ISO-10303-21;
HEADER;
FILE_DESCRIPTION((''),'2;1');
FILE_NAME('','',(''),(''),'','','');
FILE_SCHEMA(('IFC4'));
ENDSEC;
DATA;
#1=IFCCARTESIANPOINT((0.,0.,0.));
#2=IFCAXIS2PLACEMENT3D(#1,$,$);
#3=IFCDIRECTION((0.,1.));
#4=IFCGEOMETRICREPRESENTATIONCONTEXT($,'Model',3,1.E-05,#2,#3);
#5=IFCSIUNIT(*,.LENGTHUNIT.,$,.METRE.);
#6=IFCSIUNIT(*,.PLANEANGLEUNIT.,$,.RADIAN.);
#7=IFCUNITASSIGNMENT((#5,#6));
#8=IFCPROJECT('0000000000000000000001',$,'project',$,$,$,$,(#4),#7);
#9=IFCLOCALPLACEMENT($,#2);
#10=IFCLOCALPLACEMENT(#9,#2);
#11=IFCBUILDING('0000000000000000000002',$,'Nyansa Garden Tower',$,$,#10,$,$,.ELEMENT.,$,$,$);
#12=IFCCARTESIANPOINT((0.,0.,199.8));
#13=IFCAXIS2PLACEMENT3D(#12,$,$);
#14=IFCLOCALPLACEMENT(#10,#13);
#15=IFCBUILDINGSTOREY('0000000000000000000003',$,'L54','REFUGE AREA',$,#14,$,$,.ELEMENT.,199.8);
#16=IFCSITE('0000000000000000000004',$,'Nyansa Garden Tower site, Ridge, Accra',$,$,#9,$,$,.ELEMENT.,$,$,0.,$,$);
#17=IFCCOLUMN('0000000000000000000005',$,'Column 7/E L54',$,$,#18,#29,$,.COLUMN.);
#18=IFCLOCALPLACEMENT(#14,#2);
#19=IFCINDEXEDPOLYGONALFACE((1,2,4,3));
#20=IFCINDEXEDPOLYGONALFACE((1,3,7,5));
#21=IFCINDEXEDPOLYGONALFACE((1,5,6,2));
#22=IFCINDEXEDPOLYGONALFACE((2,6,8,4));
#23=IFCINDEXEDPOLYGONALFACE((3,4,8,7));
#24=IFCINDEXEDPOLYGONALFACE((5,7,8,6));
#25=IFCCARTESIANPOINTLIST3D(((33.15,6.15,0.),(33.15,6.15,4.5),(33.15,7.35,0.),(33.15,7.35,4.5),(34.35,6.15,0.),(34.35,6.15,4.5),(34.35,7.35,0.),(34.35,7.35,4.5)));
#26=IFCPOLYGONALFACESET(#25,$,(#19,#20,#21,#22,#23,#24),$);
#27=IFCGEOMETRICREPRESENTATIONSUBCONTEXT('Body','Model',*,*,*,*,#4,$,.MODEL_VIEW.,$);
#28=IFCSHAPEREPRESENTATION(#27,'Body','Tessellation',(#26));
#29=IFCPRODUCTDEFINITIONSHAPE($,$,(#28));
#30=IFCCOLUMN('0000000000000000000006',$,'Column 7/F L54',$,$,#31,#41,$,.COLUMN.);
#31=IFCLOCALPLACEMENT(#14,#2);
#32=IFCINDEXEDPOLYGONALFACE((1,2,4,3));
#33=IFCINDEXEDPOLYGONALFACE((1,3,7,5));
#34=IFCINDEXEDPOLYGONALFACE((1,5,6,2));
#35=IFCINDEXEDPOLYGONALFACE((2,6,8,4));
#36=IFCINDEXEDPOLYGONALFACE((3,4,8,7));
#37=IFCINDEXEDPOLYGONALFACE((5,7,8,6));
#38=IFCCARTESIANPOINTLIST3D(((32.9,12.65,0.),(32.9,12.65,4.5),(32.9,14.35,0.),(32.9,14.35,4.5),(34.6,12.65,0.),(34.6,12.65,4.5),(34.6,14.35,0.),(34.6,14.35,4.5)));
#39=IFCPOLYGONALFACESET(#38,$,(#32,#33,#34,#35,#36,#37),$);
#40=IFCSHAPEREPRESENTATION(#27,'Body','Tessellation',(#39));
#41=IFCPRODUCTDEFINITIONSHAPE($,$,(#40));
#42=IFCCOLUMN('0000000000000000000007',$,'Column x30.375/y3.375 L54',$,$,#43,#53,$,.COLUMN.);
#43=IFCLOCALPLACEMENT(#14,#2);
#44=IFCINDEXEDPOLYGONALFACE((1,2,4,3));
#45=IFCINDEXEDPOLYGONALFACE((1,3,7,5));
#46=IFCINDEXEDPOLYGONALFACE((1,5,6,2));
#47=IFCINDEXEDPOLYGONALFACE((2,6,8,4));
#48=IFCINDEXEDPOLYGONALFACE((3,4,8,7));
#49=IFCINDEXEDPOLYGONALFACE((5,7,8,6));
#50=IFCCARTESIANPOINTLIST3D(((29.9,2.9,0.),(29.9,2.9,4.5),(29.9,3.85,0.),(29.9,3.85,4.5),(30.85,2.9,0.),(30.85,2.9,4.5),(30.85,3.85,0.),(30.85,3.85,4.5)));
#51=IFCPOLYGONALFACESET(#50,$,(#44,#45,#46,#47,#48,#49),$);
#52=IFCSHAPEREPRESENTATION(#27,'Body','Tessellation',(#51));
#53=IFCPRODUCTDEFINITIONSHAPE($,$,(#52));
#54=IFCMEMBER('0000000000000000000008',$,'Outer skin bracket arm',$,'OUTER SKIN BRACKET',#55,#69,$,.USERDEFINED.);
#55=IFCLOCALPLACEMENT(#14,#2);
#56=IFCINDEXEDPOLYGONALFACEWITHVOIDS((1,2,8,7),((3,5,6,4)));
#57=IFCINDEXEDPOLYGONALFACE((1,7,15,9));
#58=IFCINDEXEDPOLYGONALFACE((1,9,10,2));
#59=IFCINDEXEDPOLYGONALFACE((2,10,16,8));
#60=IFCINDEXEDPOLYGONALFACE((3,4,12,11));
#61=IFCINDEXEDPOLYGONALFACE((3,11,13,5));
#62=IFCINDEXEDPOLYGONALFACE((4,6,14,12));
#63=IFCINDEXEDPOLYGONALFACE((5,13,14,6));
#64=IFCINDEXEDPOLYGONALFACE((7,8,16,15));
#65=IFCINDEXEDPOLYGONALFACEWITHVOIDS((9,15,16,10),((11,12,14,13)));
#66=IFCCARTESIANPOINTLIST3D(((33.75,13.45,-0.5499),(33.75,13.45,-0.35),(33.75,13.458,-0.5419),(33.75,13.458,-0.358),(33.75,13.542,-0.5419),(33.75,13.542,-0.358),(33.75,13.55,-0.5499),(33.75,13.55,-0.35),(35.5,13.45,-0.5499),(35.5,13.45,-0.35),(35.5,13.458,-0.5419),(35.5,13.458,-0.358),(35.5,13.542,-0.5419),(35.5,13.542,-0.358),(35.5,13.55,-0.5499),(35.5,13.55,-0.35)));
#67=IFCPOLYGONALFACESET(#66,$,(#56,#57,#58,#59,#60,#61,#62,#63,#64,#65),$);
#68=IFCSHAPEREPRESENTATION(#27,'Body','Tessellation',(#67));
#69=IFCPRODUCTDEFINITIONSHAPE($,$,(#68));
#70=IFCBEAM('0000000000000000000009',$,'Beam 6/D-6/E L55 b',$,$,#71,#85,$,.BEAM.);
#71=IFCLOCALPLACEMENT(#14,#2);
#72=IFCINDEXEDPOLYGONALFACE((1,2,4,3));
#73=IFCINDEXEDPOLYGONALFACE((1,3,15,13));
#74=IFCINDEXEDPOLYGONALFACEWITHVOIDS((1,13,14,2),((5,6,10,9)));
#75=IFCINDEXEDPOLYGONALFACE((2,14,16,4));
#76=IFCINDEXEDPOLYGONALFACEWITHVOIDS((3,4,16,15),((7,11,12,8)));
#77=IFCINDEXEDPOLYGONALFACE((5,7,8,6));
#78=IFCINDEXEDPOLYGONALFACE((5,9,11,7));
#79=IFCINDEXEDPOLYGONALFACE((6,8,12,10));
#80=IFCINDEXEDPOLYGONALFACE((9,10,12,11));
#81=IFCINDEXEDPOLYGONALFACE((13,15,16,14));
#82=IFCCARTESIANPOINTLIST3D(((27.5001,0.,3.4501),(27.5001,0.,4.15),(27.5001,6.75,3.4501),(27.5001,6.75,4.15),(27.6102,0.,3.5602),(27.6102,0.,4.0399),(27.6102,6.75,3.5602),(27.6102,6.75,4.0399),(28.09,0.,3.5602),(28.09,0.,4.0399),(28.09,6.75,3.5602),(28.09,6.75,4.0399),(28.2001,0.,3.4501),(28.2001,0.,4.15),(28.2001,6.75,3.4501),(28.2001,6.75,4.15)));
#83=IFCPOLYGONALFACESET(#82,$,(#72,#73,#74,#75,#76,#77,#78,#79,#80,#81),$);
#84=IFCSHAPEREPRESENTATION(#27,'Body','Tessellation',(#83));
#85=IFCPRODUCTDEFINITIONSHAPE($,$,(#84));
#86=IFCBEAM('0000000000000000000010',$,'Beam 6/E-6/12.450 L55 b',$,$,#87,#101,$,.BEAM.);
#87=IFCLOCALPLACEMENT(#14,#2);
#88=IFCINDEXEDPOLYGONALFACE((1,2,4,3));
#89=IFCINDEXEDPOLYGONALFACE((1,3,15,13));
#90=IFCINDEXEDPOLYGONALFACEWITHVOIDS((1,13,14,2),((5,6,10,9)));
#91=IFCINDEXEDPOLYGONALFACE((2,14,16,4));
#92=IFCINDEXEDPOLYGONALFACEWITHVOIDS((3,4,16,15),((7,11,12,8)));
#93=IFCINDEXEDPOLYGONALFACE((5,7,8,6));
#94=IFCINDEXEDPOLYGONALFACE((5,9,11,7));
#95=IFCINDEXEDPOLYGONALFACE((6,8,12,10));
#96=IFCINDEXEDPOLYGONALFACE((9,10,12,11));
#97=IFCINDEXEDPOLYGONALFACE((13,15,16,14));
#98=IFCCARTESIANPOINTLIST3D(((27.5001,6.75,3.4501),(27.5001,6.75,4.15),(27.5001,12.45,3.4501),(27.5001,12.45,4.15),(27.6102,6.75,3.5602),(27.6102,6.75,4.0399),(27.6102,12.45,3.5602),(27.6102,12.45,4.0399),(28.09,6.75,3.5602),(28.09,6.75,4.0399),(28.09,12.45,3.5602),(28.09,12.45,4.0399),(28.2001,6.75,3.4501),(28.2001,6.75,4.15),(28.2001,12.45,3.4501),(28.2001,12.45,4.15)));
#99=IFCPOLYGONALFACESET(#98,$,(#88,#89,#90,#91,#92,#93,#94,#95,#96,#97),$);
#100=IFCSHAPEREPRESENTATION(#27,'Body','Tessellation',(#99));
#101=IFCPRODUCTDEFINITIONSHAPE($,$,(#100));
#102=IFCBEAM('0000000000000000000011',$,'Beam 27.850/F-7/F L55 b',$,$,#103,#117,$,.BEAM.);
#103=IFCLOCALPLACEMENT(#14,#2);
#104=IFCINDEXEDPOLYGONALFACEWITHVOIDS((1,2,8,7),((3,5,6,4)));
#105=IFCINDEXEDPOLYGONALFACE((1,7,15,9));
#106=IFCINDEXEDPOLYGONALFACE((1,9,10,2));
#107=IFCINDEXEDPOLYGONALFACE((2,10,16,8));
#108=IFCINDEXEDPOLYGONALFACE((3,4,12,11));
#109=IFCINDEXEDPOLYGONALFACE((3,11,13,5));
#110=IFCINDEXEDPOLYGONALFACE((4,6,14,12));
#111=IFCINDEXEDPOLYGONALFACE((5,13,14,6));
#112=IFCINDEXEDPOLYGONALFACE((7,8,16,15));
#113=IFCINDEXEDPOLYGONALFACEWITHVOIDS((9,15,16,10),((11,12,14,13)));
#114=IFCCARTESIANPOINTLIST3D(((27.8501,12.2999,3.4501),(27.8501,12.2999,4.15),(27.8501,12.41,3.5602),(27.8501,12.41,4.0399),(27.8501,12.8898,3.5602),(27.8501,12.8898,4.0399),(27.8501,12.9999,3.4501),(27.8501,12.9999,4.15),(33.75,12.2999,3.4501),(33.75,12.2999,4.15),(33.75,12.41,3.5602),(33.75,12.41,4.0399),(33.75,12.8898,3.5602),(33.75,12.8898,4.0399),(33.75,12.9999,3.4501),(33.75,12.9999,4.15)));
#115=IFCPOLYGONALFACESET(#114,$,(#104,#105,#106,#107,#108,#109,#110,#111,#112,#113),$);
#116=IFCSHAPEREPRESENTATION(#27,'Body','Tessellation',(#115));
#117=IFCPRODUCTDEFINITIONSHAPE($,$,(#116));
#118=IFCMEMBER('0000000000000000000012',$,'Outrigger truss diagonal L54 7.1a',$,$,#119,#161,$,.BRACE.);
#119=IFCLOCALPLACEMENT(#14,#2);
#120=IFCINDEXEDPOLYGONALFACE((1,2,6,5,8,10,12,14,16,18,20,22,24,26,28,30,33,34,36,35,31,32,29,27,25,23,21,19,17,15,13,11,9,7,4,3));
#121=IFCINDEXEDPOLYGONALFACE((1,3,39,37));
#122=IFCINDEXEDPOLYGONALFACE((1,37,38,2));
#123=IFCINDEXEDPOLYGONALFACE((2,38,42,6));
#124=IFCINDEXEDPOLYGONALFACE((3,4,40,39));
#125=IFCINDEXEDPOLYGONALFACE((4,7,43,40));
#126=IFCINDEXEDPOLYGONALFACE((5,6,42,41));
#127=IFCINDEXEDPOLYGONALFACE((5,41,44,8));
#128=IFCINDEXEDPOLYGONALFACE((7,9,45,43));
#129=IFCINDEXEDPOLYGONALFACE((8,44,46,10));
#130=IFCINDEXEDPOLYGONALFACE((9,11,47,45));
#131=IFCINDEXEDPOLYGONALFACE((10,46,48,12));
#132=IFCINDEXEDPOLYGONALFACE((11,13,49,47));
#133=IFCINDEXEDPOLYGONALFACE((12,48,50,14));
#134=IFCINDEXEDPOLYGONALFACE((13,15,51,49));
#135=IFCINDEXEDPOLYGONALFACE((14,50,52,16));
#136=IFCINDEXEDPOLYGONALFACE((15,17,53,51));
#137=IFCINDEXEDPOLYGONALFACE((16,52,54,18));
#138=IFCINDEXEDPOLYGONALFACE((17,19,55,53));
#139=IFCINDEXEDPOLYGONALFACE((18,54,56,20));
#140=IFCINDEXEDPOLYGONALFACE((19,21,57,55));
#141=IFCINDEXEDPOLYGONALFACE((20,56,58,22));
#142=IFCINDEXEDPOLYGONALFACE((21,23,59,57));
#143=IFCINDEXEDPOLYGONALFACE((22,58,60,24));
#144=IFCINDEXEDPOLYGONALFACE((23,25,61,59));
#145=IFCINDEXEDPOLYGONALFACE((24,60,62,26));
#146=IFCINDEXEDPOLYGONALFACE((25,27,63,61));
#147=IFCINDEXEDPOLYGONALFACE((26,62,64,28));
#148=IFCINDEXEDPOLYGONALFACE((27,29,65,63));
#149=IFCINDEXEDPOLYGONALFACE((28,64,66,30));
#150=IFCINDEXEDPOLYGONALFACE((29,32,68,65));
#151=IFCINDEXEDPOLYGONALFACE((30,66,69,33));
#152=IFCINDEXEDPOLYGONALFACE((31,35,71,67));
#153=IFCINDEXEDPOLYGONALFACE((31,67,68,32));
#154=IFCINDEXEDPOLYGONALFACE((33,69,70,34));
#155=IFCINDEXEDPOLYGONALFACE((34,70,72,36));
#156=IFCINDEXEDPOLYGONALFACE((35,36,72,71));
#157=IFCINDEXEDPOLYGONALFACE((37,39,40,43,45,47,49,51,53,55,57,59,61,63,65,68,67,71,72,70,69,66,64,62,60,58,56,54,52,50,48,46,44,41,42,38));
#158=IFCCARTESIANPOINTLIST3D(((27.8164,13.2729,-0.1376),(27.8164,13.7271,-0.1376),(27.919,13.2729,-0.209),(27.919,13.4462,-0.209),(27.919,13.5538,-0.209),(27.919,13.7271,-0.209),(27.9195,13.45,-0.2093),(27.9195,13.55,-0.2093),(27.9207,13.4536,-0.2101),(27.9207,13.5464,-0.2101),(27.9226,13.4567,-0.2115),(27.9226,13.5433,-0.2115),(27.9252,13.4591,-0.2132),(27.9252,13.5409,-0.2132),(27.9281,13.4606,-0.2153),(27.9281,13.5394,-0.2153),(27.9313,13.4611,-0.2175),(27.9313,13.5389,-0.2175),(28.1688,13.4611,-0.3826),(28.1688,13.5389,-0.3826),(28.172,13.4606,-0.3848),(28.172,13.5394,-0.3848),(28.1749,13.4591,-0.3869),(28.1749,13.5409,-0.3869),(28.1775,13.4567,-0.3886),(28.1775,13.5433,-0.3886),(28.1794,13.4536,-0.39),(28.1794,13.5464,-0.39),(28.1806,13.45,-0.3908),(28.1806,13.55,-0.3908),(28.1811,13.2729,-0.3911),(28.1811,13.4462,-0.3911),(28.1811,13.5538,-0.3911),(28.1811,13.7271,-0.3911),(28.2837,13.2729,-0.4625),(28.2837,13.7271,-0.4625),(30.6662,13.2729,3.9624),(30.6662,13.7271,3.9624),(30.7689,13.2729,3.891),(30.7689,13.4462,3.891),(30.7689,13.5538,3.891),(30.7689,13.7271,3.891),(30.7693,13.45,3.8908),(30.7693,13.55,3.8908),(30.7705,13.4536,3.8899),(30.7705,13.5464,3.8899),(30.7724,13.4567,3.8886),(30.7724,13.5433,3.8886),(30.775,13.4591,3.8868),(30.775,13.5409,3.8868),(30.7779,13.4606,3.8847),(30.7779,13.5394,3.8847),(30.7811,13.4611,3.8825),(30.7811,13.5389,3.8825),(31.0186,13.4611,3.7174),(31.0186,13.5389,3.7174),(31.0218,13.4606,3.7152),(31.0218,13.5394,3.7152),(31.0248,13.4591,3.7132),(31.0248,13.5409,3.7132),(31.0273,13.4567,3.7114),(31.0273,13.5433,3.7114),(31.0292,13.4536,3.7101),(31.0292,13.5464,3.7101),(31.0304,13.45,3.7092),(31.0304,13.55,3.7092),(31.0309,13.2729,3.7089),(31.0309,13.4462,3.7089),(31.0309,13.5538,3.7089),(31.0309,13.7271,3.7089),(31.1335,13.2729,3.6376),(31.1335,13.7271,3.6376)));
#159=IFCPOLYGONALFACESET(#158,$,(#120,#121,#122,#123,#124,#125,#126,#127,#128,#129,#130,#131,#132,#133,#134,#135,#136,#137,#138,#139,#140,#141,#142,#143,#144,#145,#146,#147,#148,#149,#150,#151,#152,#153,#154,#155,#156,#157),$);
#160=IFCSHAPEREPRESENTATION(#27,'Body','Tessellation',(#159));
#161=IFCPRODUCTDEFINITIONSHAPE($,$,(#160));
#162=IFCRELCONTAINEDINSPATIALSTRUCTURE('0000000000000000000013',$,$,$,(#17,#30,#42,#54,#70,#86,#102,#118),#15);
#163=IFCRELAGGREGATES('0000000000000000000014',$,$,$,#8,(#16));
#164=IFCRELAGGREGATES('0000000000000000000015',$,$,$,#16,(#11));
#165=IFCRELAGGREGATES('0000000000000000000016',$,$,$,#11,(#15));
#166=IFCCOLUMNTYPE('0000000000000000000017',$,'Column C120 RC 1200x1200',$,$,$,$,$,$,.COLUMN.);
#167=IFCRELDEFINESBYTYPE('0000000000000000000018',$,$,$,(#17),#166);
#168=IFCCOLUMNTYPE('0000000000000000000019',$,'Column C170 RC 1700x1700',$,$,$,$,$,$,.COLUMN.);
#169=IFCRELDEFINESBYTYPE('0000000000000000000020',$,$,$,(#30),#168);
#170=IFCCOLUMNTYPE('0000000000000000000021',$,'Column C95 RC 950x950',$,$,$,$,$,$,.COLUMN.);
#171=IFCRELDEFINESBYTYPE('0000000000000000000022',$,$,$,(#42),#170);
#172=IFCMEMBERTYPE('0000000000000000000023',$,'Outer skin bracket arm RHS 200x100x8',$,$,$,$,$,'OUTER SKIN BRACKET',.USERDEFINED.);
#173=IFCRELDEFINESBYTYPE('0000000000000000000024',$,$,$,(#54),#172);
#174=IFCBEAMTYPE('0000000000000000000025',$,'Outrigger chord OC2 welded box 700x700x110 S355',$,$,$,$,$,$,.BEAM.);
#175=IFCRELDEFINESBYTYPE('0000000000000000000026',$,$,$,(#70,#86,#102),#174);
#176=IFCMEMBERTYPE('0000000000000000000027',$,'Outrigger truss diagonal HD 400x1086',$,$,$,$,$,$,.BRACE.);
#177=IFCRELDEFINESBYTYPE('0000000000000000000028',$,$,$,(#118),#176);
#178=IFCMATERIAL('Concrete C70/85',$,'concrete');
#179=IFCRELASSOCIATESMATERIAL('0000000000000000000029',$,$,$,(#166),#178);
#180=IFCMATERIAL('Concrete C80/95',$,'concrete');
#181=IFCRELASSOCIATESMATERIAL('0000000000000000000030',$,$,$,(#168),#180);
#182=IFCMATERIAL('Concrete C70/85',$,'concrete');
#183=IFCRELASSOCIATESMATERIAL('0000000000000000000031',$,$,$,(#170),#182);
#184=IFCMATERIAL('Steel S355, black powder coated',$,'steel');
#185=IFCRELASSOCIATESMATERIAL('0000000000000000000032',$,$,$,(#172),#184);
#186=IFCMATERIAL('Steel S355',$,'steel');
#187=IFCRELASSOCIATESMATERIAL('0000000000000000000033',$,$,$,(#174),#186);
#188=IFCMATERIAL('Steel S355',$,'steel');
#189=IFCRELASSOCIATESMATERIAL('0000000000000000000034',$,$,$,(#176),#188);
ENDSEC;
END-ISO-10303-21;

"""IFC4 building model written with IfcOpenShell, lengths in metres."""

from ifc_helpers import new_model, si_unit, direction, frame, origin, origin_2d, place, context, subcontext, project, spatial, rectangle, hollow_rectangle, i_section, extrude, material, material_profile, profile_set, type_object, element, save


model = new_model("IFC4")

# Units and contexts
model_context = context("Model", 3, precision=1e-05, world=origin(), true_north=direction((0.0, 1.0)))
body_context = subcontext(model_context, "Body", "Model", "MODEL_VIEW")
ifc_project = project(units=[si_unit("LENGTHUNIT", "METRE"), si_unit("PLANEANGLEUNIT", "RADIAN")], contexts=[model_context])

# Site, building, storey
site_placement = place(None, origin())
site = spatial("IfcSite", under=ifc_project, at=site_placement, Name="Nyansa Garden Tower site, Ridge, Accra", CompositionType="ELEMENT", RefElevation=0.0)
building_placement = place(site_placement, origin())
building = spatial("IfcBuilding", under=site, at=building_placement, Name="Nyansa Garden Tower", CompositionType="ELEMENT")
storey_placement = place(building_placement, frame((0.0, 0.0, 199.8)))
storey = spatial("IfcBuildingStorey", under=building, at=storey_placement, Name="L54", Description="REFUGE AREA", CompositionType="ELEMENT", Elevation=199.8)

# Columns
ifc_material_1 = material(Name="Concrete C70/85", Category="concrete")
ifc_material_profile_1 = material_profile(ifc_material_1, rectangle(XDim=1.2, YDim=1.2, at=origin_2d()), Name="RC 1200x1200")
ifc_profile_set_1 = profile_set([ifc_material_profile_1], Name="Concrete C70/85")
column_type_1 = type_object("IfcColumnType", Name="Column C120 RC 1200x1200", PredefinedType="COLUMN", material=ifc_profile_set_1)
column_1_placement = place(storey_placement, frame((33.75, 6.75, 0.0), z_axis=(0.0, 0.0, 1.0), x_axis=(1.0, 0.0, 0.0)))
element("IfcColumn", 1, at=column_1_placement, inside=storey, type_object=column_type_1, Name="Column 7/E L54", PredefinedType="COLUMN", context=body_context, shape_type="SweptSolid", body=[
    extrude(rectangle(XDim=1.2, YDim=1.2, at=origin_2d()), origin(), (0.0, 0.0, 1.0), 4.5),
])
ifc_material_2 = material(Name="Concrete C80/95", Category="concrete")
ifc_material_profile_2 = material_profile(ifc_material_2, rectangle(XDim=1.7, YDim=1.7, at=origin_2d()), Name="RC 1700x1700")
ifc_profile_set_2 = profile_set([ifc_material_profile_2], Name="Concrete C80/95")
column_type_2 = type_object("IfcColumnType", Name="Column C170 RC 1700x1700", PredefinedType="COLUMN", material=ifc_profile_set_2)
column_2_placement = place(storey_placement, frame((33.75, 13.5, 0.0), z_axis=(0.0, 0.0, 1.0), x_axis=(1.0, 0.0, 0.0)))
element("IfcColumn", 2, at=column_2_placement, inside=storey, type_object=column_type_2, Name="Column 7/F L54", PredefinedType="COLUMN", context=body_context, shape_type="SweptSolid", body=[
    extrude(rectangle(XDim=1.7, YDim=1.7, at=origin_2d()), origin(), (0.0, 0.0, 1.0), 4.5),
])
ifc_material_3 = material(Name="Concrete C70/85", Category="concrete")
ifc_material_profile_3 = material_profile(ifc_material_3, rectangle(XDim=0.95, YDim=0.95, at=origin_2d()), Name="RC 950x950")
ifc_profile_set_3 = profile_set([ifc_material_profile_3], Name="Concrete C70/85")
column_type_3 = type_object("IfcColumnType", Name="Column C95 RC 950x950", PredefinedType="COLUMN", material=ifc_profile_set_3)
column_3_placement = place(storey_placement, frame((30.375, 3.375, 0.0), z_axis=(0.0, 0.0, 1.0), x_axis=(1.0, 0.0, 0.0)))
element("IfcColumn", 3, at=column_3_placement, inside=storey, type_object=column_type_3, Name="Column x30.375/y3.375 L54", PredefinedType="COLUMN", context=body_context, shape_type="SweptSolid", body=[
    extrude(rectangle(XDim=0.95, YDim=0.95, at=origin_2d()), origin(), (0.0, 0.0, 1.0), 4.5),
])

# Member
ifc_material_4 = material(Name="Steel S355, black powder coated", Category="steel")
ifc_material_profile_4 = material_profile(ifc_material_4, hollow_rectangle(XDim=0.1001, YDim=0.2, WallThickness=0.0081, at=origin_2d()), Name="RHS 200x100x8")
ifc_profile_set_4 = profile_set([ifc_material_profile_4], Name="Steel S355, black powder coated")
member_type_1 = type_object("IfcMemberType", Name="Outer skin bracket arm RHS 200x100x8", ElementType="OUTER SKIN BRACKET", PredefinedType="USERDEFINED", material=ifc_profile_set_4)
member_1_placement = place(storey_placement, frame((33.75, 13.5, -0.45), z_axis=(1.0, 0.0, 0.0), x_axis=(0.0, 1.0, 0.0)))
element("IfcMember", 4, at=member_1_placement, inside=storey, type_object=member_type_1, Name="Outer skin bracket arm", ObjectType="OUTER SKIN BRACKET", PredefinedType="USERDEFINED", context=body_context, shape_type="SweptSolid", body=[
    extrude(hollow_rectangle(XDim=0.1001, YDim=0.2, WallThickness=0.0081, at=origin_2d()), origin(), (0.0, 0.0, 1.0), 1.75),
])

# Beams
ifc_material_5 = material(Name="Steel S355", Category="steel")
ifc_material_profile_5 = material_profile(ifc_material_5, hollow_rectangle(XDim=0.7, YDim=0.7, WallThickness=0.1101, at=origin_2d()), Name="Welded box 700x700x110")
ifc_profile_set_5 = profile_set([ifc_material_profile_5], Name="Steel S355")
beam_type_1 = type_object("IfcBeamType", Name="Outrigger chord OC2 welded box 700x700x110 S355", PredefinedType="BEAM", material=ifc_profile_set_5)
beam_1_placement = place(storey_placement, frame((27.8501, 0.0, 3.8), z_axis=(0.0, 1.0, 0.0), x_axis=(-1.0, 0.0, 0.0)))
element("IfcBeam", 5, at=beam_1_placement, inside=storey, type_object=beam_type_1, Name="Beam 6/D-6/E L55 b", PredefinedType="BEAM", context=body_context, shape_type="SweptSolid", body=[
    extrude(hollow_rectangle(XDim=0.7, YDim=0.7, WallThickness=0.1101, at=origin_2d()), origin(), (0.0, 0.0, 1.0), 6.75),
])
beam_2_placement = place(storey_placement, frame((27.8501, 6.75, 3.8), z_axis=(0.0, 1.0, 0.0), x_axis=(-1.0, 0.0, 0.0)))
element("IfcBeam", 6, at=beam_2_placement, inside=storey, type_object=beam_type_1, Name="Beam 6/E-6/12.450 L55 b", PredefinedType="BEAM", context=body_context, shape_type="SweptSolid", body=[
    extrude(hollow_rectangle(XDim=0.7, YDim=0.7, WallThickness=0.1101, at=origin_2d()), origin(), (0.0, 0.0, 1.0), 5.7),
])
beam_3_placement = place(storey_placement, frame((27.8501, 12.6499, 3.8), z_axis=(1.0, 0.0, 0.0), x_axis=(0.0, 1.0, 0.0)))
element("IfcBeam", 7, at=beam_3_placement, inside=storey, type_object=beam_type_1, Name="Beam 27.850/F-7/F L55 b", PredefinedType="BEAM", context=body_context, shape_type="SweptSolid", body=[
    extrude(hollow_rectangle(XDim=0.7, YDim=0.7, WallThickness=0.1101, at=origin_2d()), origin(), (0.0, 0.0, 1.0), 5.8999),
])

# Member
ifc_material_6 = material(Name="Steel S355", Category="steel")
ifc_material_profile_6 = material_profile(ifc_material_6, i_section(OverallWidth=0.4541, OverallDepth=0.5691, WebThickness=0.0779, FlangeThickness=0.125, FilletRadius=0.0149, at=origin_2d()), Name="HD 400x1086")
ifc_profile_set_6 = profile_set([ifc_material_profile_6], Name="Steel S355")
member_type_2 = type_object("IfcMemberType", Name="Outrigger truss diagonal HD 400x1086", PredefinedType="BRACE", material=ifc_profile_set_6)
member_2_placement = place(storey_placement, frame((28.05, 13.5, -0.3), z_axis=(0.570742, 0.0, 0.821129), x_axis=(0.0, 1.0, 0.0)))
element("IfcMember", 8, at=member_2_placement, inside=storey, type_object=member_type_2, Name="Outrigger truss diagonal L54 7.1a", PredefinedType="BRACE", context=body_context, shape_type="SweptSolid", body=[
    extrude(i_section(OverallWidth=0.4541, OverallDepth=0.5691, WebThickness=0.0779, FlangeThickness=0.125, FilletRadius=0.0149, at=origin_2d()), origin(), (0.0, 0.0, 1.0), 4.9932),
])

save(model, "model.ifc")
